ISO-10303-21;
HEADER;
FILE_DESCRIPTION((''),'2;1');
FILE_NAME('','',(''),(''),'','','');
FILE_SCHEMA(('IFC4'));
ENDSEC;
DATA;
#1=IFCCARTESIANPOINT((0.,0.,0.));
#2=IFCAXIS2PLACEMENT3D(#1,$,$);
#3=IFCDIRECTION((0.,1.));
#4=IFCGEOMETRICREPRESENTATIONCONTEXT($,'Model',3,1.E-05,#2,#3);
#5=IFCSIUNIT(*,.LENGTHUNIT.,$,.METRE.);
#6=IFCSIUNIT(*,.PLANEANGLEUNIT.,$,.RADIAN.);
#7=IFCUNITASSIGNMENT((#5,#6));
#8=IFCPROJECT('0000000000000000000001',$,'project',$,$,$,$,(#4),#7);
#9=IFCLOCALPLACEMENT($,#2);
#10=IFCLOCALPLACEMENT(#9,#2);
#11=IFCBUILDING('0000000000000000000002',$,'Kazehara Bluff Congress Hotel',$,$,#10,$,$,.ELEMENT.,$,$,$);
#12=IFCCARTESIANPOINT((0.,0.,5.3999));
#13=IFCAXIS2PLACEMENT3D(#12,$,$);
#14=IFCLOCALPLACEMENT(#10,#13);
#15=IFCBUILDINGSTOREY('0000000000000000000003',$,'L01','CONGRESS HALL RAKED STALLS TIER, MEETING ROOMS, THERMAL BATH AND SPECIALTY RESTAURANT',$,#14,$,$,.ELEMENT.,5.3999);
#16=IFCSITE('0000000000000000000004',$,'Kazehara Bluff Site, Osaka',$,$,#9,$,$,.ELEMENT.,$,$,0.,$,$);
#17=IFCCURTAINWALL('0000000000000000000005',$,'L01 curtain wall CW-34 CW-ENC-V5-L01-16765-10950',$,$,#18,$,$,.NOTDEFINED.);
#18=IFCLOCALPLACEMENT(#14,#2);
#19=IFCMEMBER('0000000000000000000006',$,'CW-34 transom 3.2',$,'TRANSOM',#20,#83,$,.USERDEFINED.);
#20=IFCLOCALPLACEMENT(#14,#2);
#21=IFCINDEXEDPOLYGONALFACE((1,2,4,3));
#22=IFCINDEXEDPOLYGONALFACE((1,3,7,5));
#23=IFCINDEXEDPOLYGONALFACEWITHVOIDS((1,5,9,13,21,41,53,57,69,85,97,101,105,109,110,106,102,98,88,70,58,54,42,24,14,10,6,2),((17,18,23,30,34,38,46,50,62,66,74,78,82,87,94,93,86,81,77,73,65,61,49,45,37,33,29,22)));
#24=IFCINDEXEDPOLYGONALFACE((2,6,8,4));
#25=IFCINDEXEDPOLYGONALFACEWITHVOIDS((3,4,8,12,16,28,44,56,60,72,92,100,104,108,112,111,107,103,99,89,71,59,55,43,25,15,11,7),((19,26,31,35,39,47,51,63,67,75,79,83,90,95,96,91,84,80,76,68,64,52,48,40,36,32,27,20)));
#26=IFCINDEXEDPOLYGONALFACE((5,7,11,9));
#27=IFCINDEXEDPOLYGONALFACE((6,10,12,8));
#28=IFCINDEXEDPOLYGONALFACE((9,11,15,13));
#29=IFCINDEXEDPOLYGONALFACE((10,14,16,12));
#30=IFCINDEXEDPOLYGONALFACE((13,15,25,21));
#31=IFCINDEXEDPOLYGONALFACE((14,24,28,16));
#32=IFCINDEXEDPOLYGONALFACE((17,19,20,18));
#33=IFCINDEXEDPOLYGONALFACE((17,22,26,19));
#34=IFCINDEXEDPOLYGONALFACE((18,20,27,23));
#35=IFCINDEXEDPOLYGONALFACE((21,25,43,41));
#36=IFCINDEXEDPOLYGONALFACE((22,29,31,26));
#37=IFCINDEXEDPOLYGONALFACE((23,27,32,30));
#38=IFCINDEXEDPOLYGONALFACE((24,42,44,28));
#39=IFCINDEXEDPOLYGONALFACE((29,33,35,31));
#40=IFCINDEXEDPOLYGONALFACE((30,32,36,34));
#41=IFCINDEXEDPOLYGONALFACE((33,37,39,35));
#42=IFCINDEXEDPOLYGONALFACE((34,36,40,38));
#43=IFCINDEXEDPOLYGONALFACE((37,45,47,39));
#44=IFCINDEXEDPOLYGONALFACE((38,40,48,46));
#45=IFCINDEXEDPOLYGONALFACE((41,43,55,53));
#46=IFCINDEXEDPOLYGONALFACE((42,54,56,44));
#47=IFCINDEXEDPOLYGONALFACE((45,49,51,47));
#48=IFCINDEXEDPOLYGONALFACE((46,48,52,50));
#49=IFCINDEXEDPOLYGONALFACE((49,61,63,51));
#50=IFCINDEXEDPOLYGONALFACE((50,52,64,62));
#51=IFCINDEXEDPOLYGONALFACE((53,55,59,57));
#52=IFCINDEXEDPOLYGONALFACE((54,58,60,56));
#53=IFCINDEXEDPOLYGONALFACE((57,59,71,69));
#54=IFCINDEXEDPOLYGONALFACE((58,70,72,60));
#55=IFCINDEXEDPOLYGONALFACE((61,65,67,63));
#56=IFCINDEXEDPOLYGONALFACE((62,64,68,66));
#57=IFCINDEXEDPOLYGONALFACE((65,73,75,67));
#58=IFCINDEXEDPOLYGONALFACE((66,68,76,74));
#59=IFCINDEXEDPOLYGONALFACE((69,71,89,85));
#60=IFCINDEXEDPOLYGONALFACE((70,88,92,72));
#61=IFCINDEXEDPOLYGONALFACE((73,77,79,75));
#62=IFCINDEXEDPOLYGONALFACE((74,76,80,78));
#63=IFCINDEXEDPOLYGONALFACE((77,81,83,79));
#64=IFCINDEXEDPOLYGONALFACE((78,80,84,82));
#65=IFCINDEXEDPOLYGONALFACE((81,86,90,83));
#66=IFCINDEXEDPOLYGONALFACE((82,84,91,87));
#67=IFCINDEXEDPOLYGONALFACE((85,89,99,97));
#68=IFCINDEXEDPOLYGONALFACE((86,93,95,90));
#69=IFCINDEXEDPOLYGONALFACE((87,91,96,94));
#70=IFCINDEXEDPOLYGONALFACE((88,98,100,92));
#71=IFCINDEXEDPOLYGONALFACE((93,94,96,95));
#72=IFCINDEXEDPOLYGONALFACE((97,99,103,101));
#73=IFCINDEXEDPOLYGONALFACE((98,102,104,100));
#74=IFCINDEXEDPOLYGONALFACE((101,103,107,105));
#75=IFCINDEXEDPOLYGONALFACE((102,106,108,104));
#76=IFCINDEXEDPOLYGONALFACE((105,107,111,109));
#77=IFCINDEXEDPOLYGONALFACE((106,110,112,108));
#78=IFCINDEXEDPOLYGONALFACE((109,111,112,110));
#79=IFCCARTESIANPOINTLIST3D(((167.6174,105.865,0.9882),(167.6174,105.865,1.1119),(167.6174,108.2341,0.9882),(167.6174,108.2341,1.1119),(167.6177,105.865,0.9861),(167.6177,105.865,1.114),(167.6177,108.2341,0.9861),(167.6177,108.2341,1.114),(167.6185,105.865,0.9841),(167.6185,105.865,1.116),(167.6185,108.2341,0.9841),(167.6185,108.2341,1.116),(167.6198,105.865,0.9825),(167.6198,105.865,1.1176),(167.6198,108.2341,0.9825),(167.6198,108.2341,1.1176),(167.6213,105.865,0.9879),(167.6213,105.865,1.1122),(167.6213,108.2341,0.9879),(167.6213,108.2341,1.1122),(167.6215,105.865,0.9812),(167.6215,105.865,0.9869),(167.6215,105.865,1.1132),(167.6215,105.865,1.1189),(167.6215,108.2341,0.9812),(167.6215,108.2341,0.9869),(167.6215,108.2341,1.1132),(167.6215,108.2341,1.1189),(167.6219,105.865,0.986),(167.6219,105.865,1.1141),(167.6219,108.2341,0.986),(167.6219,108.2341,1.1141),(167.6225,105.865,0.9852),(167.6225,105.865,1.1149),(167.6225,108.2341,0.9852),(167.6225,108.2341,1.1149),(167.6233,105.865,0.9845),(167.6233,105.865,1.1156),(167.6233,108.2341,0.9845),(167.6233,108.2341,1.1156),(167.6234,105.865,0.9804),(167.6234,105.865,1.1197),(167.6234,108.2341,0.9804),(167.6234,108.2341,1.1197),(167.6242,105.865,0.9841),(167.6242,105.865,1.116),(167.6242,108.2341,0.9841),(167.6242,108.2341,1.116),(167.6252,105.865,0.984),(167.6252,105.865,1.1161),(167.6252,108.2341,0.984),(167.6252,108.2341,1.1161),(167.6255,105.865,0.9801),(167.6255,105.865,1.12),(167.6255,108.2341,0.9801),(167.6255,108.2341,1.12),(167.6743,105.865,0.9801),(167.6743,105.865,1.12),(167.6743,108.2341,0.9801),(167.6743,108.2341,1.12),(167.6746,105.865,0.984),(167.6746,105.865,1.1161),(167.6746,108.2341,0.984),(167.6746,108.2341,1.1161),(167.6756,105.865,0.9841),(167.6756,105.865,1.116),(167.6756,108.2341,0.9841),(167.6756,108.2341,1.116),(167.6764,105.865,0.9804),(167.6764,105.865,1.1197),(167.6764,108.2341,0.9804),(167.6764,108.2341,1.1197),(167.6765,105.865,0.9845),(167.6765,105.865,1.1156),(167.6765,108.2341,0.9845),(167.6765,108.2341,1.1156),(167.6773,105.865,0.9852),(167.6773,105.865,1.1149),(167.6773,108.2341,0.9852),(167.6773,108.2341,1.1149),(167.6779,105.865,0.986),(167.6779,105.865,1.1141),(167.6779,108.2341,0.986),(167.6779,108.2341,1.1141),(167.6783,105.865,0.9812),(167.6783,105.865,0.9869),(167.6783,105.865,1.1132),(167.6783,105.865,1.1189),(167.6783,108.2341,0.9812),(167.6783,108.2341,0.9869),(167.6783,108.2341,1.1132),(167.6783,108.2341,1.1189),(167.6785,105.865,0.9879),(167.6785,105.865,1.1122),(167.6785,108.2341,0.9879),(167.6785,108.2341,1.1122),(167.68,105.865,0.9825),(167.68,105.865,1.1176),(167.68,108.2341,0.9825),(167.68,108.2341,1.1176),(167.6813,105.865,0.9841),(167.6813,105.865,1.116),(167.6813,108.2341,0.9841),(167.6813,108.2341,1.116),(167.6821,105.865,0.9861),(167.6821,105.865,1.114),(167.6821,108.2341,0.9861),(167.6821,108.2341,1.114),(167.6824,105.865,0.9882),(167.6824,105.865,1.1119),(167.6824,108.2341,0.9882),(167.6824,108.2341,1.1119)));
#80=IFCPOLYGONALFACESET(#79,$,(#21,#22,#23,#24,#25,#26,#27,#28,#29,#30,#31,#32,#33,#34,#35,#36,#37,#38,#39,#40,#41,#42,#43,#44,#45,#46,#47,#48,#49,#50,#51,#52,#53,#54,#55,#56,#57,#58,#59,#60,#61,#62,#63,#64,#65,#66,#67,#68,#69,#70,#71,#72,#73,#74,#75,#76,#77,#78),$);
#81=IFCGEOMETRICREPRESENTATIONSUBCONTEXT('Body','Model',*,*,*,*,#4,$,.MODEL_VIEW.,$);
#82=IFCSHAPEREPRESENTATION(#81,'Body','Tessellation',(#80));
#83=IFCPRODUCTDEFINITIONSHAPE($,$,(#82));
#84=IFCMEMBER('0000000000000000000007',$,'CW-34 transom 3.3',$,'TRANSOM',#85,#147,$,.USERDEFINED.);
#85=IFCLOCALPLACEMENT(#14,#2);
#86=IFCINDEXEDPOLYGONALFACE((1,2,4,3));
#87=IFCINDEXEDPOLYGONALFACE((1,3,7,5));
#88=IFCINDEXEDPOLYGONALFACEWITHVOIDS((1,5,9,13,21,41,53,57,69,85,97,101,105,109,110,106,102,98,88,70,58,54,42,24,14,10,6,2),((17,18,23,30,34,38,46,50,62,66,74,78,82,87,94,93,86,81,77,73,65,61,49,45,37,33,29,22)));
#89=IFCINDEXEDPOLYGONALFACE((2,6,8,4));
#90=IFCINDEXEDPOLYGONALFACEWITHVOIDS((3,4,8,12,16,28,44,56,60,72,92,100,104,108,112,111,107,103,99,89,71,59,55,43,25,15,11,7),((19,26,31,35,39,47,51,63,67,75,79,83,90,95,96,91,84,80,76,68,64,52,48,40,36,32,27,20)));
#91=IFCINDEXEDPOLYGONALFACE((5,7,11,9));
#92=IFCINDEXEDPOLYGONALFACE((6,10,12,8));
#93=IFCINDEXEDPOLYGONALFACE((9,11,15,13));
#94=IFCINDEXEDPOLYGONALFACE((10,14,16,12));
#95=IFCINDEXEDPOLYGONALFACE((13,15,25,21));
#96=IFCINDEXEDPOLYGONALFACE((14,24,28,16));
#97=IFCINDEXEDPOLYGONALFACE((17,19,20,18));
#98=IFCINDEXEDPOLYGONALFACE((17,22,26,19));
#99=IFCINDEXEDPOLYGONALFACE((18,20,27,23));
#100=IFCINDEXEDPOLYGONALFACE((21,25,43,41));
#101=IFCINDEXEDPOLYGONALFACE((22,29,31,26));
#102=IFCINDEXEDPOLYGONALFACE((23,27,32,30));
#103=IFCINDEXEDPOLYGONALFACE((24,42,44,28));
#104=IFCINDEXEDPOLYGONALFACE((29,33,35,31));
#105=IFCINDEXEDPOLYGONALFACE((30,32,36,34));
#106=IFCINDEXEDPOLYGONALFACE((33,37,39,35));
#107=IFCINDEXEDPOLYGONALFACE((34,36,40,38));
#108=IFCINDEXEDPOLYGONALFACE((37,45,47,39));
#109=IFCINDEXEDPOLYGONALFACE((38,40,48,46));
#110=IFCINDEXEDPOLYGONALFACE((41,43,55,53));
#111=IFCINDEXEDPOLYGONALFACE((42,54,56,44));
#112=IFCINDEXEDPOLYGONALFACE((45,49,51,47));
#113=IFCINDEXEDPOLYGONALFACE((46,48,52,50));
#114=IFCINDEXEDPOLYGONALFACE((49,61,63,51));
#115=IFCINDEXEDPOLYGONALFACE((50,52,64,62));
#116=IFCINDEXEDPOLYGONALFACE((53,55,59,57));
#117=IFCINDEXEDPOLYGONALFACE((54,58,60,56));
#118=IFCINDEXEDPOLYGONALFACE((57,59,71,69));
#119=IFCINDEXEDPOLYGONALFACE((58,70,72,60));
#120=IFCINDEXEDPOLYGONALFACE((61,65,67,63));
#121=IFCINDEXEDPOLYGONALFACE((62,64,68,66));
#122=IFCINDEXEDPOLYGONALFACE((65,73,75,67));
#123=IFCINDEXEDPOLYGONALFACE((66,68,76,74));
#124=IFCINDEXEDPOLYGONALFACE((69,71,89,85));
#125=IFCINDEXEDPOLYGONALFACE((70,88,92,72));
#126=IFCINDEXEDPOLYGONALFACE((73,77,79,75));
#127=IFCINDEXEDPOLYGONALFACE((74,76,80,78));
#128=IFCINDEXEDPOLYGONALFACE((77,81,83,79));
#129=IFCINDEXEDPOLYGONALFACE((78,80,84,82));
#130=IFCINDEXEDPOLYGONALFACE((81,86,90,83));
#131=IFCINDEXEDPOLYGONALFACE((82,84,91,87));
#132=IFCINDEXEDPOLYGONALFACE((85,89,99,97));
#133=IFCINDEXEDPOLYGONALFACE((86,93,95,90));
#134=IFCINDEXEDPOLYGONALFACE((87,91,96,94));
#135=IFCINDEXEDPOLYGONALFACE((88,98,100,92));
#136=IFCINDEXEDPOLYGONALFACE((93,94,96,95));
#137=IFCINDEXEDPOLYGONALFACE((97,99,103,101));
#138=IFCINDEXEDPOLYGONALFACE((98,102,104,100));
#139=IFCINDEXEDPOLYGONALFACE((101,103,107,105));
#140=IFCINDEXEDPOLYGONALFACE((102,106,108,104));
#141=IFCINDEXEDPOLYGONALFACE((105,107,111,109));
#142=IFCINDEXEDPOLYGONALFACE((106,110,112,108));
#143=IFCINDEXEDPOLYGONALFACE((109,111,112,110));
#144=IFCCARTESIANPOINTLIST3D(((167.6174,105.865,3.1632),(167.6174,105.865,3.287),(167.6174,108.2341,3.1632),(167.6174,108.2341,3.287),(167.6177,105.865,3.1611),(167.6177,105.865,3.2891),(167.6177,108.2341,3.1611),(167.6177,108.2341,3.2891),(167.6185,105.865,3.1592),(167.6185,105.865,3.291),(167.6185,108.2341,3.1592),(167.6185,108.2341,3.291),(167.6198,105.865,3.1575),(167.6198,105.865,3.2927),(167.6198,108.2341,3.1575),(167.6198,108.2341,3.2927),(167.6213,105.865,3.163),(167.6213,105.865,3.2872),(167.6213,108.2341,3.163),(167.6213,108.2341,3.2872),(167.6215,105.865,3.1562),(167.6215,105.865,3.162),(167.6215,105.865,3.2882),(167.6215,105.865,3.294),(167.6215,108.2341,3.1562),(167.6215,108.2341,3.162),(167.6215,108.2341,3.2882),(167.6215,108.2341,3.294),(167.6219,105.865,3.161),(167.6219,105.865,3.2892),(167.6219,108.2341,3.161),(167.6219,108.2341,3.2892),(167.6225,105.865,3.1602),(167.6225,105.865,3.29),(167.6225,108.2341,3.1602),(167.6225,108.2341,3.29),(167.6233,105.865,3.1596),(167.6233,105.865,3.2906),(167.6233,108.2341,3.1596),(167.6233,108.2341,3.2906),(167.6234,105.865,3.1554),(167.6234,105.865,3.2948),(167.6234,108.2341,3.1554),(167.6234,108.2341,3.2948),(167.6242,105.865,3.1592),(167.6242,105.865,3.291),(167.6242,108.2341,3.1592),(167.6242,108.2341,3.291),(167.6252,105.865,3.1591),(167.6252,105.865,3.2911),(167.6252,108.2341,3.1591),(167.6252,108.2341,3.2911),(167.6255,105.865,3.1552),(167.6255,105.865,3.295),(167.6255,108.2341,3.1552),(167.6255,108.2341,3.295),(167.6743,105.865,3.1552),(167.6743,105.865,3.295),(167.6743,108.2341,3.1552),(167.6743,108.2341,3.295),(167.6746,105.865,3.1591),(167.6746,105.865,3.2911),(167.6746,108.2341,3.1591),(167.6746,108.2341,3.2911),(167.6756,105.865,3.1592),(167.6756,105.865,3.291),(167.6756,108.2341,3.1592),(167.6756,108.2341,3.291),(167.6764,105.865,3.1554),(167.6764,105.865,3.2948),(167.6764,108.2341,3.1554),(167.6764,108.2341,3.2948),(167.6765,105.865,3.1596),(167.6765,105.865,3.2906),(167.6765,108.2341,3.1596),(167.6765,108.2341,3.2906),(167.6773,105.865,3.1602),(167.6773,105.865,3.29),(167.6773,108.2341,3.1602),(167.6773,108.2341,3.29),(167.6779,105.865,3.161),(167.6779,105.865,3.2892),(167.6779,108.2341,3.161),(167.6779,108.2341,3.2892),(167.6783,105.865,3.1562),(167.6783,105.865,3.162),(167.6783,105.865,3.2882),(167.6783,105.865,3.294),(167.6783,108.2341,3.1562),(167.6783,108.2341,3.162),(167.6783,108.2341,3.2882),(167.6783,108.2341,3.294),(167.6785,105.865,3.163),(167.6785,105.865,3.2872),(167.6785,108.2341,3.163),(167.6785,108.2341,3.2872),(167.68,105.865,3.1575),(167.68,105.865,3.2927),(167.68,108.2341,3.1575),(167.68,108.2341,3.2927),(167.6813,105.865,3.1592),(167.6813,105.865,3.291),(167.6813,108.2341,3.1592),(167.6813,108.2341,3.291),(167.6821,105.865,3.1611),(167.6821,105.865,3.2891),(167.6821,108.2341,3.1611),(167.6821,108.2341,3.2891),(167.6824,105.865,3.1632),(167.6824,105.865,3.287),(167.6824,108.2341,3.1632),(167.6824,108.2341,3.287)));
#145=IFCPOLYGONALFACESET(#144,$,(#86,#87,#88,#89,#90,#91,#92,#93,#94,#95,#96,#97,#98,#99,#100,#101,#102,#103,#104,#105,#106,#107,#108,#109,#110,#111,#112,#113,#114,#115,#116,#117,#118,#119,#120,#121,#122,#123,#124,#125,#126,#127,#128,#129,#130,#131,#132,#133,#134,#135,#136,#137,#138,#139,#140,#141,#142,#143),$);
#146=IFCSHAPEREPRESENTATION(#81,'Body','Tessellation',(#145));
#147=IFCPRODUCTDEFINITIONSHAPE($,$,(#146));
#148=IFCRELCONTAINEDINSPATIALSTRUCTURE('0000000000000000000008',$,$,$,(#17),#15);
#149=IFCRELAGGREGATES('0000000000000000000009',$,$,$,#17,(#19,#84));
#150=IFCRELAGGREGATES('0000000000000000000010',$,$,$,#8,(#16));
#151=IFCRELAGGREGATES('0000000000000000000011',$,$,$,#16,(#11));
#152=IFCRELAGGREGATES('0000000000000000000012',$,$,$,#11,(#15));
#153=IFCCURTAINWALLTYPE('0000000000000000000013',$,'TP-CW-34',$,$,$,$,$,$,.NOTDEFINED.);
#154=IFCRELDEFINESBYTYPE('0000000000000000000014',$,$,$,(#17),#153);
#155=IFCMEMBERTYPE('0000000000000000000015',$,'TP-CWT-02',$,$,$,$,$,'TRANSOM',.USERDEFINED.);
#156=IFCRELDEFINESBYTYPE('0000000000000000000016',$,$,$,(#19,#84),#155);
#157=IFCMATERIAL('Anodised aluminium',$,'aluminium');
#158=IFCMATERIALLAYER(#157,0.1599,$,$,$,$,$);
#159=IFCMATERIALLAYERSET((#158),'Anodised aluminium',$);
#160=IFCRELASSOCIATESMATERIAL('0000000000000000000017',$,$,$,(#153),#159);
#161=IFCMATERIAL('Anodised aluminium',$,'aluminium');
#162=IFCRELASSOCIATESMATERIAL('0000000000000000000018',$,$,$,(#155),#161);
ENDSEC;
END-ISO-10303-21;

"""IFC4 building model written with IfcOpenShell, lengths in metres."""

from ifc_helpers import new_model, si_unit, direction, frame, origin, origin_2d, place, context, subcontext, project, spatial, hollow_rectangle, extrude, material, layer, layer_set, material_profile, profile_set, type_object, element, aggregate, save


model = new_model("IFC4")

# Units and contexts
model_context = context("Model", 3, precision=1e-05, world=origin(), true_north=direction((0.0, 1.0)))
body_context = subcontext(model_context, "Body", "Model", "MODEL_VIEW")
ifc_project = project(units=[si_unit("LENGTHUNIT", "METRE"), si_unit("PLANEANGLEUNIT", "RADIAN")], contexts=[model_context])

# Site, building, storey
site_placement = place(None, origin())
site = spatial("IfcSite", under=ifc_project, at=site_placement, Name="Kazehara Bluff Site, Osaka", CompositionType="ELEMENT", RefElevation=0.0)
building_placement = place(site_placement, origin())
building = spatial("IfcBuilding", under=site, at=building_placement, Name="Kazehara Bluff Congress Hotel", CompositionType="ELEMENT")
storey_placement = place(building_placement, frame((0.0, 0.0, 5.3999)))
storey = spatial("IfcBuildingStorey", under=building, at=storey_placement, Name="L01", Description="CONGRESS HALL RAKED STALLS TIER, MEETING ROOMS, THERMAL BATH AND SPECIALTY RESTAURANT", CompositionType="ELEMENT", Elevation=5.3999)

# Curtain wall
ifc_material_1 = material(Name="Anodised aluminium", Category="aluminium")
ifc_layer_1 = layer(ifc_material_1, 0.1599)
ifc_layer_set_1 = layer_set([ifc_layer_1], Name="Anodised aluminium")
curtain_wall_type_1 = type_object("IfcCurtainWallType", Name="TP-CW-34", PredefinedType="NOTDEFINED", material=ifc_layer_set_1)
curtain_wall_1_placement = place(storey_placement, origin())
curtain_wall_1 = element("IfcCurtainWall", 1, at=curtain_wall_1_placement, inside=storey, type_object=curtain_wall_type_1, Name="L01 curtain wall CW-34 CW-ENC-V5-L01-16765-10950", PredefinedType="NOTDEFINED")

# Members
ifc_material_2 = material(Name="Anodised aluminium", Category="aluminium")
ifc_material_profile_1 = material_profile(ifc_material_2, hollow_rectangle(XDim=0.0649, YDim=0.1399, WallThickness=0.0039, InnerFilletRadius=0.0039, OuterFilletRadius=0.0081, at=origin_2d()))
ifc_profile_set_1 = profile_set([ifc_material_profile_1], Name="Anodised aluminium")
member_type_1 = type_object("IfcMemberType", Name="TP-CWT-02", ElementType="TRANSOM", PredefinedType="USERDEFINED", material=ifc_profile_set_1)
member_1_placement = place(storey_placement, frame((167.6499, 108.2341, 1.05), z_axis=(0.0, -1.0, 0.0), x_axis=(1.0, 0.0, 0.0)))
member_1 = element("IfcMember", 2, at=member_1_placement, type_object=member_type_1, Name="CW-34 transom 3.2", ObjectType="TRANSOM", PredefinedType="USERDEFINED", context=body_context, shape_type="SweptSolid", body=[
    extrude(hollow_rectangle(XDim=0.0649, YDim=0.1399, WallThickness=0.0039, InnerFilletRadius=0.0039, OuterFilletRadius=0.0081, at=origin_2d()), origin(), (0.0, 0.0, 1.0), 2.3691),
])
member_2_placement = place(storey_placement, frame((167.6499, 108.2341, 3.2251), z_axis=(0.0, -1.0, 0.0), x_axis=(1.0, 0.0, 0.0)))
member_2 = element("IfcMember", 3, at=member_2_placement, type_object=member_type_1, Name="CW-34 transom 3.3", ObjectType="TRANSOM", PredefinedType="USERDEFINED", context=body_context, shape_type="SweptSolid", body=[
    extrude(hollow_rectangle(XDim=0.0649, YDim=0.1399, WallThickness=0.0039, InnerFilletRadius=0.0039, OuterFilletRadius=0.0081, at=origin_2d()), origin(), (0.0, 0.0, 1.0), 2.3691),
])

aggregate(curtain_wall_1, [member_1, member_2])

save(model, "model.ifc")
